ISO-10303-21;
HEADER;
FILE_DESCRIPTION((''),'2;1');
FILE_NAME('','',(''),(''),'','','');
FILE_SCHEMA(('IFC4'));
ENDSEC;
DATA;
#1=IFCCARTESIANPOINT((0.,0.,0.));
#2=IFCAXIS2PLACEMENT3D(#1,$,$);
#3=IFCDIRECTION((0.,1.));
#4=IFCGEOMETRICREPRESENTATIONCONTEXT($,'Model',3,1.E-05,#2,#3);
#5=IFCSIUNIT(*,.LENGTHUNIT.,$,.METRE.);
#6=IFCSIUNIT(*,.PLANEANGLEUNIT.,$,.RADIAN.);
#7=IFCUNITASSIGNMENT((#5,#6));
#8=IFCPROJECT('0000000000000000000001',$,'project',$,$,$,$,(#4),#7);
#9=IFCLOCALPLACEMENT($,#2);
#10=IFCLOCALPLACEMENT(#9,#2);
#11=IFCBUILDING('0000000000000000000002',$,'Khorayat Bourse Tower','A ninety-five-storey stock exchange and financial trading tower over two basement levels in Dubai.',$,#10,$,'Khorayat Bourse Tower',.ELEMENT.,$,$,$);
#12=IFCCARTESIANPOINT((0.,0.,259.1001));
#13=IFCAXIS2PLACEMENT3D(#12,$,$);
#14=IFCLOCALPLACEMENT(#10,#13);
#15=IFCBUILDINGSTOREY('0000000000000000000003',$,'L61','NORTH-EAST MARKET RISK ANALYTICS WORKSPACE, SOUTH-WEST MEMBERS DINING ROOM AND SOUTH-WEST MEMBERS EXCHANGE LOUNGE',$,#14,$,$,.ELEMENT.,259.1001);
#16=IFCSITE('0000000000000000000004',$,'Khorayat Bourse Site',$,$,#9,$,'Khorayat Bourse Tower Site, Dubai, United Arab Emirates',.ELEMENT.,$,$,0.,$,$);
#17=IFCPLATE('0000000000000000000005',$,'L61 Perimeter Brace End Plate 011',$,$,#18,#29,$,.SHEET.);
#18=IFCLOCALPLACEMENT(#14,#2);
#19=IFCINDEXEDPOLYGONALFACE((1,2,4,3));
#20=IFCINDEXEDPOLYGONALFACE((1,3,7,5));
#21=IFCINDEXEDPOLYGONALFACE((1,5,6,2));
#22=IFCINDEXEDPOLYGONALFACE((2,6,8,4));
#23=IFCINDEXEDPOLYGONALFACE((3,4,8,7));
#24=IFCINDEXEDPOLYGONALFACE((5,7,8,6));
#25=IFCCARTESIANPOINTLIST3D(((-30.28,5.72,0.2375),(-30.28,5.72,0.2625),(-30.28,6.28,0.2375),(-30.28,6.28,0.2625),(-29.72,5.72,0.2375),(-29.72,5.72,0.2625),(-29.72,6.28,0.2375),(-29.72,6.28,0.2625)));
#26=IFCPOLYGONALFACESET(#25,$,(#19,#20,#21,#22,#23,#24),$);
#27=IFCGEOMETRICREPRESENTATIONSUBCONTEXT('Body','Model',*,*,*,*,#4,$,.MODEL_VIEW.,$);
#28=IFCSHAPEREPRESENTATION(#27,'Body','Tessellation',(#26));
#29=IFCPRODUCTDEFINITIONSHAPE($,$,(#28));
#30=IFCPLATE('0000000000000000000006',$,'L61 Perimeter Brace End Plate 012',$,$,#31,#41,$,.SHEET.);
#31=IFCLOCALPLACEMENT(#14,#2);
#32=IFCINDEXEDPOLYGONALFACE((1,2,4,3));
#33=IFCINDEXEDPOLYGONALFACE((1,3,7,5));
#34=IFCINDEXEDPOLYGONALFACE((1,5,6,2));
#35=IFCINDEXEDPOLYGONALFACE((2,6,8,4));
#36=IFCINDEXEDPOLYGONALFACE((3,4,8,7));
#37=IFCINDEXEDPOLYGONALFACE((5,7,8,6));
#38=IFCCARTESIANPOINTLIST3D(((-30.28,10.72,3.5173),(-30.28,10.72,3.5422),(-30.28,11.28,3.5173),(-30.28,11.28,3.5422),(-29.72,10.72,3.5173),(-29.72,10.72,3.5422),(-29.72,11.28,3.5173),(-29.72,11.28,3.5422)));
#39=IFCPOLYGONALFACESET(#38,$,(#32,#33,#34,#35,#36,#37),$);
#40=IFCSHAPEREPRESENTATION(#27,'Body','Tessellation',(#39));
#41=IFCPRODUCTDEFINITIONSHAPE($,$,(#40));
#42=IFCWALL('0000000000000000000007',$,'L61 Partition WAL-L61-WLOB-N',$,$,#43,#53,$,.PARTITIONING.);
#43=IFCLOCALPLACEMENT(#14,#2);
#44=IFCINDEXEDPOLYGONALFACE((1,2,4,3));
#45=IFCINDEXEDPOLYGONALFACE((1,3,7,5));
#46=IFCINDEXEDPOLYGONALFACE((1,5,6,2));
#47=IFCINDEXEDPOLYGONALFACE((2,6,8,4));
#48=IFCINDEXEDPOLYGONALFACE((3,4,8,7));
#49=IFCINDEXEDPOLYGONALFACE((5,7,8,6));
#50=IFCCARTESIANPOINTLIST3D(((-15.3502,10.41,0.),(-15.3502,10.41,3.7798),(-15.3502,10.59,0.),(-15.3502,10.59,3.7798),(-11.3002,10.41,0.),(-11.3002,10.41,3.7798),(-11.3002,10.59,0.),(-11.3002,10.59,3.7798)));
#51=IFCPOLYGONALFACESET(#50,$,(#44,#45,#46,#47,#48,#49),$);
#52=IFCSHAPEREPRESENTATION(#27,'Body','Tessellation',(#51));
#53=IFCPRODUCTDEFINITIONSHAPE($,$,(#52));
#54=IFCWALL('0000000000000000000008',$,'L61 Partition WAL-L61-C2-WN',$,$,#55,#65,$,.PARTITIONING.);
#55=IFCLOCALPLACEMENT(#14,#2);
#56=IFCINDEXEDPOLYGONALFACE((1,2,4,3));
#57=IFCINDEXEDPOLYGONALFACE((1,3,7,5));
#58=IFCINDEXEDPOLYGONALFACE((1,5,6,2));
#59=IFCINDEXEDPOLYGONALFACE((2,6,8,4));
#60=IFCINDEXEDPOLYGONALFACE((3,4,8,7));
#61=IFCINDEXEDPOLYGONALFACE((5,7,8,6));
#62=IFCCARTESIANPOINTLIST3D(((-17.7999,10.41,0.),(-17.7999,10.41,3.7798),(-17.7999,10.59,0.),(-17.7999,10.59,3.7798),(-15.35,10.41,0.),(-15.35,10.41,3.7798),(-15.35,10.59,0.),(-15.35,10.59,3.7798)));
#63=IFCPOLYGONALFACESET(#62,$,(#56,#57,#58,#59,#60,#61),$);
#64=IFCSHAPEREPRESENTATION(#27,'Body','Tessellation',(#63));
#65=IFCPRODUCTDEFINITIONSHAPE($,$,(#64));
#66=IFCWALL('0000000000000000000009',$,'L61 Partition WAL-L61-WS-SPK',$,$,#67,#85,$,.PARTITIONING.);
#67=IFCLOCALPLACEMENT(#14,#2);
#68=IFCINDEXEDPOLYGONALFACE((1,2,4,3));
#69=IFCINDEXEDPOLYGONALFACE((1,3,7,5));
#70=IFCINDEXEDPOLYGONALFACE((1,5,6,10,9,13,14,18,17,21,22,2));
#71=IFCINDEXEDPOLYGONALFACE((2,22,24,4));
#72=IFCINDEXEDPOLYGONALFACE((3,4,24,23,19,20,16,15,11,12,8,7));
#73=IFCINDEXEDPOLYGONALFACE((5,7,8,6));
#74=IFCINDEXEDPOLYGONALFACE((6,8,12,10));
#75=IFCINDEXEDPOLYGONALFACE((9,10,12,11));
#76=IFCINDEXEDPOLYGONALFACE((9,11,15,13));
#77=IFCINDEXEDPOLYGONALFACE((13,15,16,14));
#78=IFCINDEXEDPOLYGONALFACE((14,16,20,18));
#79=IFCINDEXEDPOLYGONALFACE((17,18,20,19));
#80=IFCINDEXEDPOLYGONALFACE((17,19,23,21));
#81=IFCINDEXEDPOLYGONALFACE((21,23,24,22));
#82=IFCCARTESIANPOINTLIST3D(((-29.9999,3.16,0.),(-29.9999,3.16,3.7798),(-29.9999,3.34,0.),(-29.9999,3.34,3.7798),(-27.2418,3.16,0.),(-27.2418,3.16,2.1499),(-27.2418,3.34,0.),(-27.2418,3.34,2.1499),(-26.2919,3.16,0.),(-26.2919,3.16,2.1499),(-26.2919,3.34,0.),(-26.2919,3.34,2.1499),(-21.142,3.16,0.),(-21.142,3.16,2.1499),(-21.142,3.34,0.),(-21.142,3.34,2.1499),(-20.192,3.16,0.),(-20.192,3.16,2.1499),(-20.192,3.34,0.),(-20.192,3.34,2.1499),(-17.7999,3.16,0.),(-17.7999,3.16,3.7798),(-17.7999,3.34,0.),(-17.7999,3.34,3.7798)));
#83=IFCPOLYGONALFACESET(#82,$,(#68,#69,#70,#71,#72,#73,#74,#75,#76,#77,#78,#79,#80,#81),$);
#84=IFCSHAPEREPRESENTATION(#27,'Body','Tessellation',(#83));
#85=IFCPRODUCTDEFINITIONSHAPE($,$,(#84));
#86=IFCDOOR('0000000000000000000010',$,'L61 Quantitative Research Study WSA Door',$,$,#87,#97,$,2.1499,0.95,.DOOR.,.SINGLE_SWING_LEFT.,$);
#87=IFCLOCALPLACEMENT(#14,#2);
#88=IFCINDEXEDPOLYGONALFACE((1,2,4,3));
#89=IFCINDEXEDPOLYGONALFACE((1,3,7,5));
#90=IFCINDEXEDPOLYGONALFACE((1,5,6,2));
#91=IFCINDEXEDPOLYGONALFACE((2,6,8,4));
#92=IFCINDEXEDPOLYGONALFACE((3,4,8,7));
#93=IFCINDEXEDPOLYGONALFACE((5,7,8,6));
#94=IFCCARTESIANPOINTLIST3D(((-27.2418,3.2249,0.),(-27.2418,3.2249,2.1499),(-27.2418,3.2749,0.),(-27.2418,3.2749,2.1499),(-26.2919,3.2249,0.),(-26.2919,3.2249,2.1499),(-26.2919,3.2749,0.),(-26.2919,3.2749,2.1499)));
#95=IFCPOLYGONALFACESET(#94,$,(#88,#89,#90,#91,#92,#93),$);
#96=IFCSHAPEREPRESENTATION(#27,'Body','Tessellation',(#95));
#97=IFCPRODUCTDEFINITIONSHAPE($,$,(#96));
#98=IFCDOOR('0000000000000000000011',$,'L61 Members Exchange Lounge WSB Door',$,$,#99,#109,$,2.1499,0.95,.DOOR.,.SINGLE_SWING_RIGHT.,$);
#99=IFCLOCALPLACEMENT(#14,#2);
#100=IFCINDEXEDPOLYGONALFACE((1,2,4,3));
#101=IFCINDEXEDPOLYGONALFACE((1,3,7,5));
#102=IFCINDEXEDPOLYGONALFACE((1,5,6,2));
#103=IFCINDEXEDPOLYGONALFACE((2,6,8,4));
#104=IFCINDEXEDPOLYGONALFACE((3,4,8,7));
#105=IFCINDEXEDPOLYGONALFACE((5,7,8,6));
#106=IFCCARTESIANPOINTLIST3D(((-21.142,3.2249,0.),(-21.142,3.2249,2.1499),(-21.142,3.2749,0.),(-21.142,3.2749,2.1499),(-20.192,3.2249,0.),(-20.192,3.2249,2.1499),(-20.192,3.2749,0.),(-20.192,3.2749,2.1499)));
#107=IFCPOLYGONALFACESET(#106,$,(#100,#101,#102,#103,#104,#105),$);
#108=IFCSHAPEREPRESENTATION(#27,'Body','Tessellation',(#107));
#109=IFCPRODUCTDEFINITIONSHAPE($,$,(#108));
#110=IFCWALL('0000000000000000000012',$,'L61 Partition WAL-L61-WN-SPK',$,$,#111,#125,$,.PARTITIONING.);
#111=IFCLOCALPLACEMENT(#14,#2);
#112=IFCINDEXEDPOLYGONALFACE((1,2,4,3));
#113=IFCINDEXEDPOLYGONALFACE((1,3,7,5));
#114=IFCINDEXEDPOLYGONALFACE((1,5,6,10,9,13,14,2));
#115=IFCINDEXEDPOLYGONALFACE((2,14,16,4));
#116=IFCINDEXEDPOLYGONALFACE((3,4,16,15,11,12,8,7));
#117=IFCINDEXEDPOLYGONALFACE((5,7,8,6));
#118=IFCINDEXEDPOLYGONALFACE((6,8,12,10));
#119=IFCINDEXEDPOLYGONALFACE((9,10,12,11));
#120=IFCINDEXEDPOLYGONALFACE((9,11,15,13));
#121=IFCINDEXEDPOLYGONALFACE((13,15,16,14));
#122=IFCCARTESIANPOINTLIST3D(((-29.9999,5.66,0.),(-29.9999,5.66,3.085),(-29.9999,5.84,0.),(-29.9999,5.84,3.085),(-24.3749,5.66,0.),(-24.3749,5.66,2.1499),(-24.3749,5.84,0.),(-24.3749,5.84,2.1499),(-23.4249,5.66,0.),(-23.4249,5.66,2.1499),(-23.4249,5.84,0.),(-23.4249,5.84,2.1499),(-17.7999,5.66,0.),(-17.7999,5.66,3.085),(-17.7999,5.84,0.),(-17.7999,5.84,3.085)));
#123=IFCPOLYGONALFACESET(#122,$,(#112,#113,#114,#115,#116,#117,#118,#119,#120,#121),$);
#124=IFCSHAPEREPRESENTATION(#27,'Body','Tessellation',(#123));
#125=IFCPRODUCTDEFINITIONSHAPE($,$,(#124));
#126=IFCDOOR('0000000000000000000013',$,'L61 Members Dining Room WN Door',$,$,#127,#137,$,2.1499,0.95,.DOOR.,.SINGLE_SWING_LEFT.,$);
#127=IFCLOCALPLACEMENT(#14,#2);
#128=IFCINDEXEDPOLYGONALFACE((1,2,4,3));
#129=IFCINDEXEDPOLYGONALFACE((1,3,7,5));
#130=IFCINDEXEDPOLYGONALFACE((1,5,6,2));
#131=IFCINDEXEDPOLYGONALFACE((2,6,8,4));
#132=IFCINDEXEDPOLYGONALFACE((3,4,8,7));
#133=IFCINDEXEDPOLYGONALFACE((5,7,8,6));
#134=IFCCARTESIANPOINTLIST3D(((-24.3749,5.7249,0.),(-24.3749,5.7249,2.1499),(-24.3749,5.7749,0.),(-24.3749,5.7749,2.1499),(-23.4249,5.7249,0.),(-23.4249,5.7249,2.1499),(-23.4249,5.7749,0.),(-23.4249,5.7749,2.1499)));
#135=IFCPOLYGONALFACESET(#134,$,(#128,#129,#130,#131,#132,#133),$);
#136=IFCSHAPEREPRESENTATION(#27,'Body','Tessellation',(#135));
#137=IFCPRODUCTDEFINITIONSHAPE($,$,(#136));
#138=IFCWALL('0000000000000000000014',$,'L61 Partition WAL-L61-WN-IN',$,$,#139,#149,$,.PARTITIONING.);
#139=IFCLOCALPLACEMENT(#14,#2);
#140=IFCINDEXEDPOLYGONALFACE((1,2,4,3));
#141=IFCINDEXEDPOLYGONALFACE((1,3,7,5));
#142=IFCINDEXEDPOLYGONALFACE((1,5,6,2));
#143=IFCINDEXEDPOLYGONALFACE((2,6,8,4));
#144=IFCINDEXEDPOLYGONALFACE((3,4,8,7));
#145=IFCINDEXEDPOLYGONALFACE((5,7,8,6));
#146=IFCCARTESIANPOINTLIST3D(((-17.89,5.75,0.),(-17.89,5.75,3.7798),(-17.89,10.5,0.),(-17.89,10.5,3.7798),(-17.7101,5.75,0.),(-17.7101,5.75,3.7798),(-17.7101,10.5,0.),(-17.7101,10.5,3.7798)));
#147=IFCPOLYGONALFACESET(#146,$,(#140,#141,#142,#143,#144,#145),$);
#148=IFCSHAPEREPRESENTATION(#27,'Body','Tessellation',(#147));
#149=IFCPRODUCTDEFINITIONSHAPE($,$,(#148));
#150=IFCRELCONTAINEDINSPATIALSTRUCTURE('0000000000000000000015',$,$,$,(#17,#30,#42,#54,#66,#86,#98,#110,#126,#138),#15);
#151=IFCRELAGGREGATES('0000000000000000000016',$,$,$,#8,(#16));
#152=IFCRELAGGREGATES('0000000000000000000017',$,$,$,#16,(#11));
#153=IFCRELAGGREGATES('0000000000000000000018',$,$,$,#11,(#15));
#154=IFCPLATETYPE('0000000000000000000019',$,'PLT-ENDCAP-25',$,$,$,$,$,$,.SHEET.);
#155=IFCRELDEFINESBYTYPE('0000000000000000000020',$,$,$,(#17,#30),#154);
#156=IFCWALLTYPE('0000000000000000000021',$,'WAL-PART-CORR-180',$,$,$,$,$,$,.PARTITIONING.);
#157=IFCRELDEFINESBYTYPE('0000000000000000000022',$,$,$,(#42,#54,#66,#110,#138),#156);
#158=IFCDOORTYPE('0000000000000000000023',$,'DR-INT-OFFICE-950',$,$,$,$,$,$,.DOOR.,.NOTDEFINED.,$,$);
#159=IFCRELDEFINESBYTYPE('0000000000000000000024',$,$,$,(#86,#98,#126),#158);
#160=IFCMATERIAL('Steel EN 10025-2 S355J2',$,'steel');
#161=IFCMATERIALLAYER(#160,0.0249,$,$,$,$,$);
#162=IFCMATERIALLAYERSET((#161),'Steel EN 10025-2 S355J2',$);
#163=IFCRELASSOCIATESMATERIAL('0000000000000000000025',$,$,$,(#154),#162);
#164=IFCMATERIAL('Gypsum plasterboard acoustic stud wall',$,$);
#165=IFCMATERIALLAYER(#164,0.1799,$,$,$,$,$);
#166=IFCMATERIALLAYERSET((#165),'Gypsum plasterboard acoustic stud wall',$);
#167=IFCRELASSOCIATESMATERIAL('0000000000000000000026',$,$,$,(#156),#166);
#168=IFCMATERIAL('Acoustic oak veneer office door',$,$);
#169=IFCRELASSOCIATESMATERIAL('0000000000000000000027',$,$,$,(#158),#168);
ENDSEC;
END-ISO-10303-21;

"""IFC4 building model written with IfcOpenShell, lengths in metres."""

from ifc_helpers import new_model, si_unit, direction, frame, frame_2d, origin, origin_2d, place, context, subcontext, project, spatial, rectangle, extrude, source, transform, mapped, material, layer, layer_set, type_object, element, fill, save


model = new_model("IFC4")

# Units and contexts
model_context = context("Model", 3, precision=1e-05, world=origin(), true_north=direction((0.0, 1.0)))
body_context = subcontext(model_context, "Body", "Model", "MODEL_VIEW")
ifc_project = project(units=[si_unit("LENGTHUNIT", "METRE"), si_unit("PLANEANGLEUNIT", "RADIAN")], contexts=[model_context])

# Site, building, storey
site_placement = place(None, origin())
site = spatial("IfcSite", under=ifc_project, at=site_placement, Name="Khorayat Bourse Site", LongName="Khorayat Bourse Tower Site, Dubai, United Arab Emirates", CompositionType="ELEMENT", RefElevation=0.0)
building_placement = place(site_placement, origin())
building = spatial("IfcBuilding", under=site, at=building_placement, Name="Khorayat Bourse Tower", Description="A ninety-five-storey stock exchange and financial trading tower over two basement levels in Dubai.", LongName="Khorayat Bourse Tower", CompositionType="ELEMENT")
storey_placement = place(building_placement, frame((0.0, 0.0, 259.1001)))
storey = spatial("IfcBuildingStorey", under=building, at=storey_placement, Name="L61", Description="NORTH-EAST MARKET RISK ANALYTICS WORKSPACE, SOUTH-WEST MEMBERS DINING ROOM AND SOUTH-WEST MEMBERS EXCHANGE LOUNGE", CompositionType="ELEMENT", Elevation=259.1001)

# Plates
ifc_material_1 = material(Name="Steel EN 10025-2 S355J2", Category="steel")
ifc_layer_1 = layer(ifc_material_1, 0.0249)
ifc_layer_set_1 = layer_set([ifc_layer_1], Name="Steel EN 10025-2 S355J2")
plate_type = type_object("IfcPlateType", Name="PLT-ENDCAP-25", PredefinedType="SHEET", material=ifc_layer_set_1)
shared_shape_1 = source(origin(), body_context, "Body", "SweptSolid", [
    extrude(rectangle(XDim=0.5601, YDim=0.5601, at=origin_2d()), origin(), (0.0, 0.0, 1.0), 0.0249),
])
for number, where, z_axis, x_axis, name in (
    (1, (-30.0, 6.0, 0.2375), (0.0, 0.0, 1.0), (1.0, 0.0, 0.0), "L61 Perimeter Brace End Plate 011"),
    (2, (-30.0, 11.0, 3.5173), (0.0, 0.0, 1.0), (1.0, 0.0, 0.0), "L61 Perimeter Brace End Plate 012"),
):
    element("IfcPlate", number, at=place(storey_placement, frame(where, z_axis=z_axis, x_axis=x_axis)), inside=storey, type_object=plate_type, Name=name, PredefinedType="SHEET", context=body_context, shape_type="MappedRepresentation", body=[
        mapped(shared_shape_1, transform((0.0, 0.0, 0.0), scale=1.0)),
    ])

# Walls
ifc_material_2 = material(Name="Gypsum plasterboard acoustic stud wall")
ifc_layer_2 = layer(ifc_material_2, 0.1799)
ifc_layer_set_2 = layer_set([ifc_layer_2], Name="Gypsum plasterboard acoustic stud wall")
wall_type = type_object("IfcWallType", Name="WAL-PART-CORR-180", PredefinedType="PARTITIONING", material=ifc_layer_set_2)
shared_shape_2 = source(origin(), body_context, "Body", "SweptSolid", [
    extrude(rectangle(XDim=4.05, YDim=0.1799, at=frame_2d((2.0249, 0.0))), origin(), (0.0, 0.0, 1.0), 3.7798),
])
wall_1_placement = place(storey_placement, frame((-15.3501, 10.5, 0.0), z_axis=(0.0, 0.0, 1.0), x_axis=(1.0, 0.0, 0.0)))
element("IfcWall", 3, at=wall_1_placement, inside=storey, type_object=wall_type, Name="L61 Partition WAL-L61-WLOB-N", PredefinedType="PARTITIONING", context=body_context, shape_type="MappedRepresentation", body=[
    mapped(shared_shape_2, transform((0.0, 0.0, 0.0), scale=1.0)),
])
shared_shape_3 = source(origin(), body_context, "Body", "SweptSolid", [
    extrude(rectangle(XDim=2.45, YDim=0.1799, at=frame_2d((1.2251, 0.0))), origin(), (0.0, 0.0, 1.0), 3.7798),
])
wall_2_placement = place(storey_placement, frame((-17.8, 10.5, 0.0), z_axis=(0.0, 0.0, 1.0), x_axis=(1.0, 0.0, 0.0)))
element("IfcWall", 4, at=wall_2_placement, inside=storey, type_object=wall_type, Name="L61 Partition WAL-L61-C2-WN", PredefinedType="PARTITIONING", context=body_context, shape_type="MappedRepresentation", body=[
    mapped(shared_shape_3, transform((0.0, 0.0, 0.0), scale=1.0)),
])

# Wall, openings, doors
shared_shape_4 = source(origin(), body_context, "Body", "SweptSolid", [
    extrude(rectangle(XDim=12.2, YDim=0.1799, at=frame_2d((6.1001, 0.0))), origin(), (0.0, 0.0, 1.0), 3.7798),
])
wall_3_placement = place(storey_placement, frame((-30.0, 3.25, 0.0), z_axis=(0.0, 0.0, 1.0), x_axis=(1.0, 0.0, 0.0)))
wall_3 = element("IfcWall", 5, at=wall_3_placement, inside=storey, type_object=wall_type, Name="L61 Partition WAL-L61-WS-SPK", PredefinedType="PARTITIONING", context=body_context, shape_type="MappedRepresentation", body=[
    mapped(shared_shape_4, transform((0.0, 0.0, 0.0), scale=1.0)),
])
shared_shape_5 = source(origin(), body_context, "Body", "SweptSolid", [
    extrude(rectangle(XDim=0.95, YDim=2.1499, at=frame_2d((0.4751, 1.075))), frame((0.0, 0.0999, 0.0), z_axis=(0.0, -1.0, 0.0), x_axis=(1.0, 0.0, 0.0)), (0.0, 0.0, 1.0), 0.2),
])
opening_1_placement = place(wall_3_placement, frame((2.7581, 0.0, 0.0)))
opening_1 = element("IfcOpeningElement", 6, at=opening_1_placement, cuts=wall_3, PredefinedType="OPENING", context=body_context, shape_type="MappedRepresentation", body=[
    mapped(shared_shape_5, transform((0.0, 0.0, 0.0), scale=1.0)),
])
opening_2_placement = place(wall_3_placement, frame((8.8579, 0.0, 0.0)))
opening_2 = element("IfcOpeningElement", 7, at=opening_2_placement, cuts=wall_3, PredefinedType="OPENING", context=body_context, shape_type="MappedRepresentation", body=[
    mapped(shared_shape_5, transform((0.0, 0.0, 0.0), scale=1.0)),
])
ifc_material_3 = material(Name="Acoustic oak veneer office door")
door_type = type_object("IfcDoorType", Name="DR-INT-OFFICE-950", OperationType="NOTDEFINED", PredefinedType="DOOR", material=ifc_material_3)
shared_shape_6 = source(origin(), body_context, "Body", "SweptSolid", [
    extrude(rectangle(XDim=0.95, YDim=2.1499, at=frame_2d((0.4751, 1.075))), frame((0.0, 0.0249, 0.0), z_axis=(0.0, -1.0, 0.0), x_axis=(1.0, 0.0, 0.0)), (0.0, 0.0, 1.0), 0.05),
])
door_1_placement = place(opening_1_placement, origin())
door_1 = element("IfcDoor", 8, at=door_1_placement, inside=storey, type_object=door_type, Name="L61 Quantitative Research Study WSA Door", OperationType="SINGLE_SWING_LEFT", OverallHeight=2.1499, OverallWidth=0.95, PredefinedType="DOOR", context=body_context, shape_type="MappedRepresentation", body=[
    mapped(shared_shape_6, transform((0.0, 0.0, 0.0), scale=1.0)),
])
fill(opening_1, door_1)
door_2_placement = place(opening_2_placement, origin())
door_2 = element("IfcDoor", 9, at=door_2_placement, inside=storey, type_object=door_type, Name="L61 Members Exchange Lounge WSB Door", OperationType="SINGLE_SWING_RIGHT", OverallHeight=2.1499, OverallWidth=0.95, PredefinedType="DOOR", context=body_context, shape_type="MappedRepresentation", body=[
    mapped(shared_shape_6, transform((0.0, 0.0, 0.0), scale=1.0)),
])
fill(opening_2, door_2)

# Wall, opening, door
shared_shape_7 = source(origin(), body_context, "Body", "SweptSolid", [
    extrude(rectangle(XDim=12.2, YDim=0.1799, at=frame_2d((6.1001, 0.0))), origin(), (0.0, 0.0, 1.0), 3.085),
])
wall_4_placement = place(storey_placement, frame((-30.0, 5.75, 0.0), z_axis=(0.0, 0.0, 1.0), x_axis=(1.0, 0.0, 0.0)))
wall_4 = element("IfcWall", 10, at=wall_4_placement, inside=storey, type_object=wall_type, Name="L61 Partition WAL-L61-WN-SPK", PredefinedType="PARTITIONING", context=body_context, shape_type="MappedRepresentation", body=[
    mapped(shared_shape_7, transform((0.0, 0.0, 0.0), scale=1.0)),
])
opening_3_placement = place(wall_4_placement, frame((5.625, 0.0, 0.0)))
opening_3 = element("IfcOpeningElement", 11, at=opening_3_placement, cuts=wall_4, PredefinedType="OPENING", context=body_context, shape_type="MappedRepresentation", body=[
    mapped(shared_shape_5, transform((0.0, 0.0, 0.0), scale=1.0)),
])
door_3_placement = place(opening_3_placement, origin())
door_3 = element("IfcDoor", 12, at=door_3_placement, inside=storey, type_object=door_type, Name="L61 Members Dining Room WN Door", OperationType="SINGLE_SWING_LEFT", OverallHeight=2.1499, OverallWidth=0.95, PredefinedType="DOOR", context=body_context, shape_type="MappedRepresentation", body=[
    mapped(shared_shape_6, transform((0.0, 0.0, 0.0), scale=1.0)),
])
fill(opening_3, door_3)

# Wall
shared_shape_8 = source(origin(), body_context, "Body", "SweptSolid", [
    extrude(rectangle(XDim=4.75, YDim=0.1799, at=frame_2d((2.375, 0.0))), origin(), (0.0, 0.0, 1.0), 3.7798),
])
wall_5_placement = place(storey_placement, frame((-17.8, 5.75, 0.0), z_axis=(0.0, 0.0, 1.0), x_axis=(0.0, 1.0, 0.0)))
element("IfcWall", 13, at=wall_5_placement, inside=storey, type_object=wall_type, Name="L61 Partition WAL-L61-WN-IN", PredefinedType="PARTITIONING", context=body_context, shape_type="MappedRepresentation", body=[
    mapped(shared_shape_8, transform((0.0, 0.0, 0.0), scale=1.0)),
])

save(model, "model.ifc")
